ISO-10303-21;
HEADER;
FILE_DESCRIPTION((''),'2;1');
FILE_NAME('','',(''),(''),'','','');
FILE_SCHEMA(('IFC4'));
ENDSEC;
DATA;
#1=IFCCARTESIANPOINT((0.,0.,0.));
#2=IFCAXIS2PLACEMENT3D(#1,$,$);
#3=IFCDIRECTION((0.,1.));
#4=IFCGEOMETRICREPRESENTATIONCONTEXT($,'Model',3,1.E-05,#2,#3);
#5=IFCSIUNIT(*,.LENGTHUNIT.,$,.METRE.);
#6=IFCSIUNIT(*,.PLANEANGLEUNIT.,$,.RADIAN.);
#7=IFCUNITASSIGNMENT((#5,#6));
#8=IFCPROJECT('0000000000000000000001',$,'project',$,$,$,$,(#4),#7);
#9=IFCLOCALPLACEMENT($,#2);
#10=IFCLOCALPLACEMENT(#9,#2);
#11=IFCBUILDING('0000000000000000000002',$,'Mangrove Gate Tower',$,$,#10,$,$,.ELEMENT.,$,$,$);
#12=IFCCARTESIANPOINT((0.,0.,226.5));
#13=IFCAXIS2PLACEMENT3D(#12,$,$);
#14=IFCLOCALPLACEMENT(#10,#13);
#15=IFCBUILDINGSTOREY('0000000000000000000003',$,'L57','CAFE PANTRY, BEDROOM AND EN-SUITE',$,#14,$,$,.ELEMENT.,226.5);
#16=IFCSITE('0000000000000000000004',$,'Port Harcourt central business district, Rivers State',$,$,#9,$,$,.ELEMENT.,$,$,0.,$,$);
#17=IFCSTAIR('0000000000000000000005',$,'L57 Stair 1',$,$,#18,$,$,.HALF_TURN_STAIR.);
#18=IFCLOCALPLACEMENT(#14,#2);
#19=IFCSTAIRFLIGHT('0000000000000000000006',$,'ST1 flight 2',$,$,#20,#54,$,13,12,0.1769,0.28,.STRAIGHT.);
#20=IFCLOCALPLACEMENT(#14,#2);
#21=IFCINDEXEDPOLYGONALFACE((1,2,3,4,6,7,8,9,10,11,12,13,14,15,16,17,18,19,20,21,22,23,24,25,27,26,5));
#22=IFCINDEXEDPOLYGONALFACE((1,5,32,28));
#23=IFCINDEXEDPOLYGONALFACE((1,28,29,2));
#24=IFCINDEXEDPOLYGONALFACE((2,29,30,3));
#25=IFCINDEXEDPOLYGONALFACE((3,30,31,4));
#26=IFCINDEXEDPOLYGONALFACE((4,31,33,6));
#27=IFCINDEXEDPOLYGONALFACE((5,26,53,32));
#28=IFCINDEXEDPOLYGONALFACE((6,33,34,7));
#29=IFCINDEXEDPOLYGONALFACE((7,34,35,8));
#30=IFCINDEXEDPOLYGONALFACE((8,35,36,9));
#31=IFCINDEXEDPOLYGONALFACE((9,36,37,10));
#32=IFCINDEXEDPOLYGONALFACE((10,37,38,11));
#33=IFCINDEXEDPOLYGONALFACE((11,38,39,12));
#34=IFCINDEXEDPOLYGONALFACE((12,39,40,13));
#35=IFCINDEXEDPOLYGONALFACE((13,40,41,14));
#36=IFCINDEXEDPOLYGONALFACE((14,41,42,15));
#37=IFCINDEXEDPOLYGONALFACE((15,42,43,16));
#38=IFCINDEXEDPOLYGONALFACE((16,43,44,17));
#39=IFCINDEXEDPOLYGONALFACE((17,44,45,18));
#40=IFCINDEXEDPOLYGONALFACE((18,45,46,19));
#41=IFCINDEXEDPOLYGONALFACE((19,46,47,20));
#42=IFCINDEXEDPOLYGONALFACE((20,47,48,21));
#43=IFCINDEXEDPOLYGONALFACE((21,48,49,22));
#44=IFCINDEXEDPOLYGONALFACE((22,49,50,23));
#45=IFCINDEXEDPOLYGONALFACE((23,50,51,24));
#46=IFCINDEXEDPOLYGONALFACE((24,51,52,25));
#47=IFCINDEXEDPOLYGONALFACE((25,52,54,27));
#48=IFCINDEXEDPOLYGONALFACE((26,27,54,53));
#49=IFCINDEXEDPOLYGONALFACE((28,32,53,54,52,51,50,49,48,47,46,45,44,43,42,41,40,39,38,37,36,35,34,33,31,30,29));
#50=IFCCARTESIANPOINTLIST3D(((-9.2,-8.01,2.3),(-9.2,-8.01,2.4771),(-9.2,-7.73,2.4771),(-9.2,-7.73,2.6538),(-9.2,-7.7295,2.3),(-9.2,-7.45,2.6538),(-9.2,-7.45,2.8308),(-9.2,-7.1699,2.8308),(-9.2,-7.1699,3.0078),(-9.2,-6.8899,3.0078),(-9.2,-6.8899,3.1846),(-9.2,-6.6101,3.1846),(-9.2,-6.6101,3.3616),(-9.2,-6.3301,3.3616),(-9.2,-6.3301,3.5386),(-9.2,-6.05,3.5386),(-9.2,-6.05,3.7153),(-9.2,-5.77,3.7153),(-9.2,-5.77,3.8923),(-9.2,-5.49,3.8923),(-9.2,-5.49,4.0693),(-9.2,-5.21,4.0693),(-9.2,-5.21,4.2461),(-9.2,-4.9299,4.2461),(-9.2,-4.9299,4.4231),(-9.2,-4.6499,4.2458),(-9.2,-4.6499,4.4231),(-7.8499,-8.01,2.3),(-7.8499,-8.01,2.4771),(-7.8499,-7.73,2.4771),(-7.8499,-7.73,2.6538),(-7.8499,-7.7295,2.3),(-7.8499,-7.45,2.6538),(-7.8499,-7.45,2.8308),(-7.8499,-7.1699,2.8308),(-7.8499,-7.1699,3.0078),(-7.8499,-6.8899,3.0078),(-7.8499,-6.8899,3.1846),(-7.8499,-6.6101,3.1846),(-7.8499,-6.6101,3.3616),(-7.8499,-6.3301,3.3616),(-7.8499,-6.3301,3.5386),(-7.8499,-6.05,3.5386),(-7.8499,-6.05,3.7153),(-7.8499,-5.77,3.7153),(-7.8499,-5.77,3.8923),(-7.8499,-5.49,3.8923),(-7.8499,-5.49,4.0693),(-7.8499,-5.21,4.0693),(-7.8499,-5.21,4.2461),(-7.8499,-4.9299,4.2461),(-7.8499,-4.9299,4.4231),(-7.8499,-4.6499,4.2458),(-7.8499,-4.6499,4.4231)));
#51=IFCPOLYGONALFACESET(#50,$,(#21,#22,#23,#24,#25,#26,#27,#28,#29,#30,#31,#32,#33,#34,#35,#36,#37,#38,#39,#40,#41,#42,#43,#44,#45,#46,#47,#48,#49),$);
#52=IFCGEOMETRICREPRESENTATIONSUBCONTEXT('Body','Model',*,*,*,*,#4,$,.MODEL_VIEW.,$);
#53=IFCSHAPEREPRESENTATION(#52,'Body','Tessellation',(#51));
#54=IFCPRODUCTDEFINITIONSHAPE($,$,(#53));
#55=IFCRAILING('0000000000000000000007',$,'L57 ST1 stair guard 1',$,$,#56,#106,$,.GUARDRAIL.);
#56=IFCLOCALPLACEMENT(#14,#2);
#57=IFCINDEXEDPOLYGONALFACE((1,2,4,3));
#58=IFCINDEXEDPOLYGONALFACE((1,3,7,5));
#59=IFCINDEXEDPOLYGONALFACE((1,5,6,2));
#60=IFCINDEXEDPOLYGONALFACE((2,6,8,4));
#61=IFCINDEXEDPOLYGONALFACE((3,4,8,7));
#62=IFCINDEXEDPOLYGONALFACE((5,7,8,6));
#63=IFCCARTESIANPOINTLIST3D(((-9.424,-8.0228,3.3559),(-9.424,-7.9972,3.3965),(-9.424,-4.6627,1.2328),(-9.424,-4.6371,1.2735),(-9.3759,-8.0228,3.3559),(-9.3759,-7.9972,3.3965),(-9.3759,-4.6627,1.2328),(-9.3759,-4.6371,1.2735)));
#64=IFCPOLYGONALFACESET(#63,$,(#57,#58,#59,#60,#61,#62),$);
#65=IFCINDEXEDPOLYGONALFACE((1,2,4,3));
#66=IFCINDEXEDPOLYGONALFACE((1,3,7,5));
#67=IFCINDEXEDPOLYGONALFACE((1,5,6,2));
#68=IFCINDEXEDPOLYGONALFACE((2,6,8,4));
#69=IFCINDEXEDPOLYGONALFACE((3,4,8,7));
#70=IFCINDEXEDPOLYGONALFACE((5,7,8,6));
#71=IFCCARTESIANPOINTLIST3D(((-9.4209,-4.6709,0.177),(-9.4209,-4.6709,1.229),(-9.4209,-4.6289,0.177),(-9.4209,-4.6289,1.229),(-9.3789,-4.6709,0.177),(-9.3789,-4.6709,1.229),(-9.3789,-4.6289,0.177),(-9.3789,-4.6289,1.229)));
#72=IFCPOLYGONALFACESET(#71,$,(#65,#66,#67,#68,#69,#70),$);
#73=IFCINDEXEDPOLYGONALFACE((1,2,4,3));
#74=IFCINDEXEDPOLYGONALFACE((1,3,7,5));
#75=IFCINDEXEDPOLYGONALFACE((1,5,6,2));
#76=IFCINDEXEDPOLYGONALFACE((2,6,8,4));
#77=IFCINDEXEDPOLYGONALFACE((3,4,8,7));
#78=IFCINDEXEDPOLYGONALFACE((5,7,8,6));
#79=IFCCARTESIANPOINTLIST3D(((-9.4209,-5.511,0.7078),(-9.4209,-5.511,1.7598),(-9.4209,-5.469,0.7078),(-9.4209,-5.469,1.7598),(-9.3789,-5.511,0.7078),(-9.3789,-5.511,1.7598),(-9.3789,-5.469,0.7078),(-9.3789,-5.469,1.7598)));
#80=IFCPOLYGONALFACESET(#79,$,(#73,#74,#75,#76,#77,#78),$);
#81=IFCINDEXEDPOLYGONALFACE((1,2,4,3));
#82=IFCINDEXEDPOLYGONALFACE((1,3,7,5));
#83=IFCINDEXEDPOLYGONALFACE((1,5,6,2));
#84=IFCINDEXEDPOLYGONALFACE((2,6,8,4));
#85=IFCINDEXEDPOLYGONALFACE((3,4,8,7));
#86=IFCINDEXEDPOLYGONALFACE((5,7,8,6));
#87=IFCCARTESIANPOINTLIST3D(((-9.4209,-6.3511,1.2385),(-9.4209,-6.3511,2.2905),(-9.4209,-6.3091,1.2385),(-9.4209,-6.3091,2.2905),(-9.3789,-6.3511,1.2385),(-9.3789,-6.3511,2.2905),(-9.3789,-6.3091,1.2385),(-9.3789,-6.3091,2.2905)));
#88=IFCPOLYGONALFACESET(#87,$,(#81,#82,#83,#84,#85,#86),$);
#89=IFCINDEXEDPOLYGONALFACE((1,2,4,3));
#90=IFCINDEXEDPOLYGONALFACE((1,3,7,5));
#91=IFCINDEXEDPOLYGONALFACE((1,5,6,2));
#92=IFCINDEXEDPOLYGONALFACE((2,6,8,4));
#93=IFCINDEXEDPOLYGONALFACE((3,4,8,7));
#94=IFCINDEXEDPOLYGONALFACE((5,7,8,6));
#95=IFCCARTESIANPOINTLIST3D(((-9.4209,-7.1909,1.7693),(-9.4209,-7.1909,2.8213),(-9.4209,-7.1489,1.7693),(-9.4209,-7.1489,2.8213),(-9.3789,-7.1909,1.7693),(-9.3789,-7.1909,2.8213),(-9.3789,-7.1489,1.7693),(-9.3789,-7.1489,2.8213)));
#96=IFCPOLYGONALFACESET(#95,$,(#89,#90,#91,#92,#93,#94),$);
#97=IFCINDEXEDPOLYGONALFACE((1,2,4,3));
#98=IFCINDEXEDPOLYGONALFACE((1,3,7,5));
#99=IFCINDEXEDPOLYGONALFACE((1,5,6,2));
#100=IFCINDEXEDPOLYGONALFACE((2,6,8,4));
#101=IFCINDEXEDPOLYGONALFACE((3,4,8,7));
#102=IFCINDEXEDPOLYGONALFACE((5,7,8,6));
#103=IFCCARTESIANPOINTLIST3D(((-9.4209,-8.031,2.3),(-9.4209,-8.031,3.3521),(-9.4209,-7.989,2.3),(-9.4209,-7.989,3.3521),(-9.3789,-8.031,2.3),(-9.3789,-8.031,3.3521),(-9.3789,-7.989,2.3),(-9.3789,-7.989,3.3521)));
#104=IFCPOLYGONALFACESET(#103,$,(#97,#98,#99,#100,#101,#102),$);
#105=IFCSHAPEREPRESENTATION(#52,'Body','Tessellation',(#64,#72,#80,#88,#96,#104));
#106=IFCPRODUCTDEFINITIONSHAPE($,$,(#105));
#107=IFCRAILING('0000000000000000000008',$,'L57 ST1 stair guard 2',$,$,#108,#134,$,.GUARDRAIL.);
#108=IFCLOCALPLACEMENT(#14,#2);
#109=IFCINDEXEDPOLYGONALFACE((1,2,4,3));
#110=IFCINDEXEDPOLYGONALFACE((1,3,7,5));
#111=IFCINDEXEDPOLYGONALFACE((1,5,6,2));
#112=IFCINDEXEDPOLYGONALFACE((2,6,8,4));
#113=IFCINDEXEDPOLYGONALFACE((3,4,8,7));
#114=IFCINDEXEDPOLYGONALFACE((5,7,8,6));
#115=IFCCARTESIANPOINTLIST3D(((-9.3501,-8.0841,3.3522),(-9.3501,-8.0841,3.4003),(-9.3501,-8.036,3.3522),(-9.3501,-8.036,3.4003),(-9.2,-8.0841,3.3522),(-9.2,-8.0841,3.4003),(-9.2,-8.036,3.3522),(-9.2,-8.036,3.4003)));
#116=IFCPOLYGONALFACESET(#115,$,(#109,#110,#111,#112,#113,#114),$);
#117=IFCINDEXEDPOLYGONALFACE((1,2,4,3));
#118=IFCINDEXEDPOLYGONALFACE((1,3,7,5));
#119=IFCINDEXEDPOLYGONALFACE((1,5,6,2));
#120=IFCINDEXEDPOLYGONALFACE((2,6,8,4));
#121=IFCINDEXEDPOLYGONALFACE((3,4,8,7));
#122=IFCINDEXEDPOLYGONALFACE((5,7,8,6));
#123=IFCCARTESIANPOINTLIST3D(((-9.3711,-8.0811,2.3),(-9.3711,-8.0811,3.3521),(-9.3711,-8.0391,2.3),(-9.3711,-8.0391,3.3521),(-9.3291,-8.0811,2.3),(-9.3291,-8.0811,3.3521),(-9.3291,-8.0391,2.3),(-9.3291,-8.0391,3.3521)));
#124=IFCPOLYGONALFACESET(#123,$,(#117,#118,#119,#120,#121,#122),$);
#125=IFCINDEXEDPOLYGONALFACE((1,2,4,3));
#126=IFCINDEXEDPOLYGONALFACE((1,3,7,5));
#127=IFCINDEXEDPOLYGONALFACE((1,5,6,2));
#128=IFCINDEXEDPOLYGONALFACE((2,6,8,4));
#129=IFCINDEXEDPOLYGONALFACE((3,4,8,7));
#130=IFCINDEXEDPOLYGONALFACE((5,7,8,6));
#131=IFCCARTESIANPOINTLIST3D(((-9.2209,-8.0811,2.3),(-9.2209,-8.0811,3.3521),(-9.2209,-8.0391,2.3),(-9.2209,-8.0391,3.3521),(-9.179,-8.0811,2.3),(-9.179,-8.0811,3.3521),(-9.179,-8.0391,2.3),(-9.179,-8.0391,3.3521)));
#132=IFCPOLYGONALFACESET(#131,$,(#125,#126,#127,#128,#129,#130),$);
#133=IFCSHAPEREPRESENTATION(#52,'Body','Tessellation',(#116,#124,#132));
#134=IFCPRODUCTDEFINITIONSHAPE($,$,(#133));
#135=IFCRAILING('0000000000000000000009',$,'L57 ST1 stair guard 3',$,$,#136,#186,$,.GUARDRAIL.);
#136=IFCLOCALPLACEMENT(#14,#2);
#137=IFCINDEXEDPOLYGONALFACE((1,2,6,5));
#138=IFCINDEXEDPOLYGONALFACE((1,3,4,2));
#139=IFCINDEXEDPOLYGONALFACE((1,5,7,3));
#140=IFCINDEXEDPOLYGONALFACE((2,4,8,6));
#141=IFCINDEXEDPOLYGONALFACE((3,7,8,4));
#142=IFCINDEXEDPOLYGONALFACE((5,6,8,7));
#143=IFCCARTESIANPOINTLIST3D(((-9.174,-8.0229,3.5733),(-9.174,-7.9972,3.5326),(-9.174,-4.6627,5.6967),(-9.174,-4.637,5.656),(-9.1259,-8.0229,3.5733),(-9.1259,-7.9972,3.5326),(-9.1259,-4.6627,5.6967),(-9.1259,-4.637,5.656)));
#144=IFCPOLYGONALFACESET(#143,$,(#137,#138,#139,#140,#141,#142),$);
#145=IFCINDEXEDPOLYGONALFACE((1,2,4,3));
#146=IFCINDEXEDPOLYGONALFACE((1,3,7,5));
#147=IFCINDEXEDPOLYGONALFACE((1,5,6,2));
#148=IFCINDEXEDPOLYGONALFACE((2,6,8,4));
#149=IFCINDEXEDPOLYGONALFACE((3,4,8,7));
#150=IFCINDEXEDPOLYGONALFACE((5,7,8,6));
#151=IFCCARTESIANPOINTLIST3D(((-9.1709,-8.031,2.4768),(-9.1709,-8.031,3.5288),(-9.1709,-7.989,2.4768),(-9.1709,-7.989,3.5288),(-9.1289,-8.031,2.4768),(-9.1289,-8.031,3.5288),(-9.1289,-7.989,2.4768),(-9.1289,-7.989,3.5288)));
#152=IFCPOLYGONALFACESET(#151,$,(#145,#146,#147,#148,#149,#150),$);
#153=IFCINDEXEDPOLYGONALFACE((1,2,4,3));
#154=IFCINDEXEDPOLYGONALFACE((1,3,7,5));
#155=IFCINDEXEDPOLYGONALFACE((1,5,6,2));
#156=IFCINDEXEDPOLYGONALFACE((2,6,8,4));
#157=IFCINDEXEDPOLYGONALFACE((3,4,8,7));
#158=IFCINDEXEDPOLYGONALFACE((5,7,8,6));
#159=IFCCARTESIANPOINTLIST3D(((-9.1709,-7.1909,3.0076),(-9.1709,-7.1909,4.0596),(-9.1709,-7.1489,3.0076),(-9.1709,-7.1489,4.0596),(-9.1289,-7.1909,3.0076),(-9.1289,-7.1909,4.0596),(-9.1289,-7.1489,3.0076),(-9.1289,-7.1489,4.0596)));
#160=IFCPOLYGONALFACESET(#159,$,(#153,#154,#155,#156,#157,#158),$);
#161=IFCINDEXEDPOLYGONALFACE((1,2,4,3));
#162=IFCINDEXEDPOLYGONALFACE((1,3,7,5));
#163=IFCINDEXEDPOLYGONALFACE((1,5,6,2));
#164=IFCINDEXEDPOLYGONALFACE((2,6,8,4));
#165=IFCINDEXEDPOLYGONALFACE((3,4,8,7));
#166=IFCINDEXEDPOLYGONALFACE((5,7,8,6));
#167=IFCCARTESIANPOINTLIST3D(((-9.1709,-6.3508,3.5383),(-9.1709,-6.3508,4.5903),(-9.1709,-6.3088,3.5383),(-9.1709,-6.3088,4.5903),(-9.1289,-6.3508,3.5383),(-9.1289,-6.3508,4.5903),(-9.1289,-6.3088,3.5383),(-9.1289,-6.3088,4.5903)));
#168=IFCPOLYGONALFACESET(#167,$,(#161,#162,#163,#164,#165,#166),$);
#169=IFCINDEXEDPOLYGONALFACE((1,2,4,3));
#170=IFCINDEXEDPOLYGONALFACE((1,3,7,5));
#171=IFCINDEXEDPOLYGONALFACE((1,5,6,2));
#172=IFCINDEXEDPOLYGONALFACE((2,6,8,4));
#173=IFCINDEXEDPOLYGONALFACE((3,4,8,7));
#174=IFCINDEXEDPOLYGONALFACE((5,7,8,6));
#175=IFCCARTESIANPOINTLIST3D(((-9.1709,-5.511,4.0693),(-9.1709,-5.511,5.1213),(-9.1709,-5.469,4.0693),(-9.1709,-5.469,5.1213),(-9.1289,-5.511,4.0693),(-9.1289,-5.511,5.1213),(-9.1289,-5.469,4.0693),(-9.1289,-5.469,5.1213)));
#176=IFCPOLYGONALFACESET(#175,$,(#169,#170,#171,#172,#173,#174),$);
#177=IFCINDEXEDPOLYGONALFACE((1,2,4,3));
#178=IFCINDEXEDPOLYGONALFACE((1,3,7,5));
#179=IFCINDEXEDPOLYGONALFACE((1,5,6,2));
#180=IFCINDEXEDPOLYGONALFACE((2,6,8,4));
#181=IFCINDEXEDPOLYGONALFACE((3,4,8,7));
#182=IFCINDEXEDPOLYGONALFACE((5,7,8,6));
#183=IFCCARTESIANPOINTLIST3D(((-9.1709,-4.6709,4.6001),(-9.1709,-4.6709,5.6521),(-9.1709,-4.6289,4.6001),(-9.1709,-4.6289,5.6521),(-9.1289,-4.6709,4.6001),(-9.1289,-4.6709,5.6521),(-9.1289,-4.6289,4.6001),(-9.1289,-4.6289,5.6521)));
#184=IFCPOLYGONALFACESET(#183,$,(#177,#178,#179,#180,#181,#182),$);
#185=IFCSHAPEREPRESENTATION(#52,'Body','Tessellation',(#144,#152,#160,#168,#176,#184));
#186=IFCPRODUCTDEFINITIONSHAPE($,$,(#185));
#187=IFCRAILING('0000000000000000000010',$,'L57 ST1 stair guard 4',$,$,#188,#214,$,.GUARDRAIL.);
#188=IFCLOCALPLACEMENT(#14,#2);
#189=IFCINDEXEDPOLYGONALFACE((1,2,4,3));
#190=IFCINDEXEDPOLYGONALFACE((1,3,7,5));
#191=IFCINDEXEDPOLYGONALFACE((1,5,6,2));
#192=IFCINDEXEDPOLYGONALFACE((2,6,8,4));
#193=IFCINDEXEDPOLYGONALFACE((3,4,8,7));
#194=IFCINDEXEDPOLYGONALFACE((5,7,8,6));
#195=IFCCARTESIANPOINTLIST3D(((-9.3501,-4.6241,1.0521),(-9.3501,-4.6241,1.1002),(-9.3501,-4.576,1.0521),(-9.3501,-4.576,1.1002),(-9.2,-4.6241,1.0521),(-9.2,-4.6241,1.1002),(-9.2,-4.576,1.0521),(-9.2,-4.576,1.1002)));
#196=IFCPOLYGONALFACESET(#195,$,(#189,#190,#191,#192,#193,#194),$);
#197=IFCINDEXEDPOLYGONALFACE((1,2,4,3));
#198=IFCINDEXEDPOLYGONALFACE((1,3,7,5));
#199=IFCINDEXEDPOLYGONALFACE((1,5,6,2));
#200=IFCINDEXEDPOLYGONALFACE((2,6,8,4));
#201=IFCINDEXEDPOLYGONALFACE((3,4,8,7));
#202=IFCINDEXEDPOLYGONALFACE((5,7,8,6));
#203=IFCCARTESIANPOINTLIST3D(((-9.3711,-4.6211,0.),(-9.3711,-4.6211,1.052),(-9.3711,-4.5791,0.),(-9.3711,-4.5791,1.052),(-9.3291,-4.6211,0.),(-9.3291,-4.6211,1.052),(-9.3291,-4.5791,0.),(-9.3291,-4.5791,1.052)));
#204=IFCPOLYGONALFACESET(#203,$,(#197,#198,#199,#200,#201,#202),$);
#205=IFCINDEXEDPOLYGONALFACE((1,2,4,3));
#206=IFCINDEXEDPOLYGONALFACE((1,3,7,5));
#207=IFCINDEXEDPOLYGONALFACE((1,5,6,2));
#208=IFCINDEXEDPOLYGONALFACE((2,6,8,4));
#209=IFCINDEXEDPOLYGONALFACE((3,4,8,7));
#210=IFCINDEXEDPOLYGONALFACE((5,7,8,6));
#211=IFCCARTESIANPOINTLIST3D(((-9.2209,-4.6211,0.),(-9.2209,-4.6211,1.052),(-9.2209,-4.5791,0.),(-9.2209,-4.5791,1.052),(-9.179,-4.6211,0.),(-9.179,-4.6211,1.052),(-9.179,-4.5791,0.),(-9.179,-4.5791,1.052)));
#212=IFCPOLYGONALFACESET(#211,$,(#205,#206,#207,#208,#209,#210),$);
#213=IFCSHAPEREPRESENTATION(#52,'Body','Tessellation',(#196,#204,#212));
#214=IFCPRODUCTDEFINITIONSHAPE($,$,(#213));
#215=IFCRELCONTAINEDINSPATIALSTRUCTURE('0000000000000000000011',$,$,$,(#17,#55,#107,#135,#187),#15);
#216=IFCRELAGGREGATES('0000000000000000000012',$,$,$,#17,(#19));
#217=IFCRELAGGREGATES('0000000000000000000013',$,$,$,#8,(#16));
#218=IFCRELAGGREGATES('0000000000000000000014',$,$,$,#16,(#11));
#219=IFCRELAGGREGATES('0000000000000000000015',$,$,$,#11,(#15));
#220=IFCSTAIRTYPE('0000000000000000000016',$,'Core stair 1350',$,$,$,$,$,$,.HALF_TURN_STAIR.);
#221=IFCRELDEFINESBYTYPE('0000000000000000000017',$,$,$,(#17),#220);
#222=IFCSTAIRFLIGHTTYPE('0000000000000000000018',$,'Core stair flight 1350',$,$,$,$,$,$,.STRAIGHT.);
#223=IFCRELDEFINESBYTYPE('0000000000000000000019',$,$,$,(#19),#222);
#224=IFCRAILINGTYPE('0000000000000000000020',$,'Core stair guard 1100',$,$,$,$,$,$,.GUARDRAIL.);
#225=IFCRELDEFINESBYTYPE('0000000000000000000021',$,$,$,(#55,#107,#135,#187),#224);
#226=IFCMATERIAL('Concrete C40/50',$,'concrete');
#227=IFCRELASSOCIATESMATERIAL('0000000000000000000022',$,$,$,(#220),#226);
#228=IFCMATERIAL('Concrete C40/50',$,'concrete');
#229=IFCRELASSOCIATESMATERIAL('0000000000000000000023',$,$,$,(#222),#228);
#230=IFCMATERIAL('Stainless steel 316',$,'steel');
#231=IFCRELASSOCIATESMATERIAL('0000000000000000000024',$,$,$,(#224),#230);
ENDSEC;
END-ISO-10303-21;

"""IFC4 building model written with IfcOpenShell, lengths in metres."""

from ifc_helpers import new_model, si_unit, direction, frame, origin, origin_2d, place, context, subcontext, project, spatial, polyline, rectangle, outline, extrude, material, type_object, element, aggregate, save


model = new_model("IFC4")

# Units and contexts
model_context = context("Model", 3, precision=1e-05, world=origin(), true_north=direction((0.0, 1.0)))
body_context = subcontext(model_context, "Body", "Model", "MODEL_VIEW")
ifc_project = project(units=[si_unit("LENGTHUNIT", "METRE"), si_unit("PLANEANGLEUNIT", "RADIAN")], contexts=[model_context])

# Site, building, storey
site_placement = place(None, origin())
site = spatial("IfcSite", under=ifc_project, at=site_placement, Name="Port Harcourt central business district, Rivers State", CompositionType="ELEMENT", RefElevation=0.0)
building_placement = place(site_placement, origin())
building = spatial("IfcBuilding", under=site, at=building_placement, Name="Mangrove Gate Tower", CompositionType="ELEMENT")
storey_placement = place(building_placement, frame((0.0, 0.0, 226.5)))
storey = spatial("IfcBuildingStorey", under=building, at=storey_placement, Name="L57", Description="CAFE PANTRY, BEDROOM AND EN-SUITE", CompositionType="ELEMENT", Elevation=226.5)

# Stair, stair flight
ifc_material_1 = material(Name="Concrete C40/50", Category="concrete")
stair_type = type_object("IfcStairType", Name="Core stair 1350", PredefinedType="HALF_TURN_STAIR", material=ifc_material_1)
stair_placement = place(storey_placement, origin())
stair = element("IfcStair", 1, at=stair_placement, inside=storey, type_object=stair_type, Name="L57 Stair 1", PredefinedType="HALF_TURN_STAIR")
ifc_material_2 = material(Name="Concrete C40/50", Category="concrete")
stair_flight_type = type_object("IfcStairFlightType", Name="Core stair flight 1350", PredefinedType="STRAIGHT", material=ifc_material_2)
stair_flight_1_placement = place(storey_placement, frame((-8.5249, -8.01, 2.3), z_axis=(0.0, 0.0, 1.0), x_axis=(0.0, 1.0, 0.0)))
stair_flight_1 = element("IfcStairFlight", 2, at=stair_flight_1_placement, type_object=stair_flight_type, Name="ST1 flight 2", NumberOfRisers=13, NumberOfTreads=12, PredefinedType="STRAIGHT", RiserHeight=0.1769, TreadLength=0.28, context=body_context, shape_type="SweptSolid", body=[
    extrude(outline(polyline([(0.0, 0.0), (0.0, 0.177), (0.28, 0.177), (0.28, 0.3538), (0.5601, 0.3538), (0.5601, 0.5308), (0.8401, 0.5308), (0.8401, 0.7078), (1.1201, 0.7078), (1.1201, 0.8845), (1.3999, 0.8845), (1.3999, 1.0615), (1.6799, 1.0615), (1.6799, 1.2385), (1.96, 1.2385), (1.96, 1.4153), (2.24, 1.4153), (2.24, 1.5923), (2.52, 1.5923), (2.52, 1.7693), (2.8, 1.7693), (2.8, 1.946), (3.0801, 1.946), (3.0801, 2.123), (3.3601, 2.123), (3.3601, 2.3), (3.3601, 1.9458), (0.2805, 0.0), (0.0, 0.0)])), frame((0.0, 0.675, 0.0), z_axis=(0.0, -1.0, 0.0), x_axis=(1.0, 0.0, 0.0)), (0.0, 0.0, 1.0), 1.3501),
])
aggregate(stair, [stair_flight_1])

# Railings
ifc_material_3 = material(Name="Stainless steel 316", Category="steel")
railing_type_1 = type_object("IfcRailingType", Name="Core stair guard 1100", PredefinedType="GUARDRAIL", material=ifc_material_3)
railing_1_placement = place(storey_placement, frame((-9.3999, -4.6499, 0.177)))
element("IfcRailing", 3, at=railing_1_placement, inside=storey, type_object=railing_type_1, Name="L57 ST1 stair guard 1", PredefinedType="GUARDRAIL", context=body_context, shape_type="SweptSolid", body=[
    extrude(rectangle(XDim=0.0481, YDim=0.0481, at=origin_2d()), frame((0.0, 0.0, 1.0762), z_axis=(0.0, -0.84539, 0.53415), x_axis=(1.0, 0.0, 0.0)), (0.0, 0.0, 1.0), 3.9746),
    extrude(rectangle(XDim=0.042, YDim=0.042, at=origin_2d()), origin(), (0.0, 0.0, 1.0), 1.052),
    extrude(rectangle(XDim=0.042, YDim=0.042, at=origin_2d()), frame((0.0, -0.8401, 0.5308)), (0.0, 0.0, 1.0), 1.052),
    extrude(rectangle(XDim=0.042, YDim=0.042, at=origin_2d()), frame((0.0, -1.6802, 1.0615)), (0.0, 0.0, 1.0), 1.052),
    extrude(rectangle(XDim=0.042, YDim=0.042, at=origin_2d()), frame((0.0, -2.52, 1.5923)), (0.0, 0.0, 1.0), 1.052),
    extrude(rectangle(XDim=0.042, YDim=0.042, at=origin_2d()), frame((0.0, -3.3601, 2.123)), (0.0, 0.0, 1.0), 1.052),
])
railing_2_placement = place(storey_placement, frame((-9.3501, -8.0601, 2.3)))
element("IfcRailing", 4, at=railing_2_placement, inside=storey, type_object=railing_type_1, Name="L57 ST1 stair guard 2", PredefinedType="GUARDRAIL", context=body_context, shape_type="SweptSolid", body=[
    extrude(rectangle(XDim=0.0481, YDim=0.0481, at=origin_2d()), frame((0.0, 0.0, 1.0762), z_axis=(1.0, 0.0, 0.0), x_axis=(0.0, 1.0, 0.0)), (0.0, 0.0, 1.0), 0.1501),
    extrude(rectangle(XDim=0.042, YDim=0.042, at=origin_2d()), origin(), (0.0, 0.0, 1.0), 1.052),
    extrude(rectangle(XDim=0.042, YDim=0.042, at=origin_2d()), frame((0.1501, 0.0, 0.0)), (0.0, 0.0, 1.0), 1.052),
])
railing_3_placement = place(storey_placement, frame((-9.1499, -8.01, 2.4768)))
element("IfcRailing", 5, at=railing_3_placement, inside=storey, type_object=railing_type_1, Name="L57 ST1 stair guard 3", PredefinedType="GUARDRAIL", context=body_context, shape_type="SweptSolid", body=[
    extrude(rectangle(XDim=0.0481, YDim=0.0481, at=origin_2d()), frame((0.0, 0.0, 1.0762), z_axis=(0.0, 0.845362, 0.534194), x_axis=(-1.0, 0.0, 0.0)), (0.0, 0.0, 1.0), 3.9749),
    extrude(rectangle(XDim=0.042, YDim=0.042, at=origin_2d()), origin(), (0.0, 0.0, 1.0), 1.052),
    extrude(rectangle(XDim=0.042, YDim=0.042, at=origin_2d()), frame((0.0, 0.8401, 0.5308)), (0.0, 0.0, 1.0), 1.052),
    extrude(rectangle(XDim=0.042, YDim=0.042, at=origin_2d()), frame((0.0, 1.6802, 1.0615)), (0.0, 0.0, 1.0), 1.052),
    extrude(rectangle(XDim=0.042, YDim=0.042, at=origin_2d()), frame((0.0, 2.52, 1.5925)), (0.0, 0.0, 1.0), 1.052),
    extrude(rectangle(XDim=0.042, YDim=0.042, at=origin_2d()), frame((0.0, 3.3601, 2.1233)), (0.0, 0.0, 1.0), 1.052),
])
railing_4_placement = place(storey_placement, frame((-9.3501, -4.6001, 0.0)))
element("IfcRailing", 6, at=railing_4_placement, inside=storey, type_object=railing_type_1, Name="L57 ST1 stair guard 4", PredefinedType="GUARDRAIL", context=body_context, shape_type="SweptSolid", body=[
    extrude(rectangle(XDim=0.0481, YDim=0.0481, at=origin_2d()), frame((0.0, 0.0, 1.0762), z_axis=(1.0, 0.0, 0.0), x_axis=(0.0, 1.0, 0.0)), (0.0, 0.0, 1.0), 0.1501),
    extrude(rectangle(XDim=0.042, YDim=0.042, at=origin_2d()), origin(), (0.0, 0.0, 1.0), 1.052),
    extrude(rectangle(XDim=0.042, YDim=0.042, at=origin_2d()), frame((0.1501, 0.0, 0.0)), (0.0, 0.0, 1.0), 1.052),
])

save(model, "model.ifc")
